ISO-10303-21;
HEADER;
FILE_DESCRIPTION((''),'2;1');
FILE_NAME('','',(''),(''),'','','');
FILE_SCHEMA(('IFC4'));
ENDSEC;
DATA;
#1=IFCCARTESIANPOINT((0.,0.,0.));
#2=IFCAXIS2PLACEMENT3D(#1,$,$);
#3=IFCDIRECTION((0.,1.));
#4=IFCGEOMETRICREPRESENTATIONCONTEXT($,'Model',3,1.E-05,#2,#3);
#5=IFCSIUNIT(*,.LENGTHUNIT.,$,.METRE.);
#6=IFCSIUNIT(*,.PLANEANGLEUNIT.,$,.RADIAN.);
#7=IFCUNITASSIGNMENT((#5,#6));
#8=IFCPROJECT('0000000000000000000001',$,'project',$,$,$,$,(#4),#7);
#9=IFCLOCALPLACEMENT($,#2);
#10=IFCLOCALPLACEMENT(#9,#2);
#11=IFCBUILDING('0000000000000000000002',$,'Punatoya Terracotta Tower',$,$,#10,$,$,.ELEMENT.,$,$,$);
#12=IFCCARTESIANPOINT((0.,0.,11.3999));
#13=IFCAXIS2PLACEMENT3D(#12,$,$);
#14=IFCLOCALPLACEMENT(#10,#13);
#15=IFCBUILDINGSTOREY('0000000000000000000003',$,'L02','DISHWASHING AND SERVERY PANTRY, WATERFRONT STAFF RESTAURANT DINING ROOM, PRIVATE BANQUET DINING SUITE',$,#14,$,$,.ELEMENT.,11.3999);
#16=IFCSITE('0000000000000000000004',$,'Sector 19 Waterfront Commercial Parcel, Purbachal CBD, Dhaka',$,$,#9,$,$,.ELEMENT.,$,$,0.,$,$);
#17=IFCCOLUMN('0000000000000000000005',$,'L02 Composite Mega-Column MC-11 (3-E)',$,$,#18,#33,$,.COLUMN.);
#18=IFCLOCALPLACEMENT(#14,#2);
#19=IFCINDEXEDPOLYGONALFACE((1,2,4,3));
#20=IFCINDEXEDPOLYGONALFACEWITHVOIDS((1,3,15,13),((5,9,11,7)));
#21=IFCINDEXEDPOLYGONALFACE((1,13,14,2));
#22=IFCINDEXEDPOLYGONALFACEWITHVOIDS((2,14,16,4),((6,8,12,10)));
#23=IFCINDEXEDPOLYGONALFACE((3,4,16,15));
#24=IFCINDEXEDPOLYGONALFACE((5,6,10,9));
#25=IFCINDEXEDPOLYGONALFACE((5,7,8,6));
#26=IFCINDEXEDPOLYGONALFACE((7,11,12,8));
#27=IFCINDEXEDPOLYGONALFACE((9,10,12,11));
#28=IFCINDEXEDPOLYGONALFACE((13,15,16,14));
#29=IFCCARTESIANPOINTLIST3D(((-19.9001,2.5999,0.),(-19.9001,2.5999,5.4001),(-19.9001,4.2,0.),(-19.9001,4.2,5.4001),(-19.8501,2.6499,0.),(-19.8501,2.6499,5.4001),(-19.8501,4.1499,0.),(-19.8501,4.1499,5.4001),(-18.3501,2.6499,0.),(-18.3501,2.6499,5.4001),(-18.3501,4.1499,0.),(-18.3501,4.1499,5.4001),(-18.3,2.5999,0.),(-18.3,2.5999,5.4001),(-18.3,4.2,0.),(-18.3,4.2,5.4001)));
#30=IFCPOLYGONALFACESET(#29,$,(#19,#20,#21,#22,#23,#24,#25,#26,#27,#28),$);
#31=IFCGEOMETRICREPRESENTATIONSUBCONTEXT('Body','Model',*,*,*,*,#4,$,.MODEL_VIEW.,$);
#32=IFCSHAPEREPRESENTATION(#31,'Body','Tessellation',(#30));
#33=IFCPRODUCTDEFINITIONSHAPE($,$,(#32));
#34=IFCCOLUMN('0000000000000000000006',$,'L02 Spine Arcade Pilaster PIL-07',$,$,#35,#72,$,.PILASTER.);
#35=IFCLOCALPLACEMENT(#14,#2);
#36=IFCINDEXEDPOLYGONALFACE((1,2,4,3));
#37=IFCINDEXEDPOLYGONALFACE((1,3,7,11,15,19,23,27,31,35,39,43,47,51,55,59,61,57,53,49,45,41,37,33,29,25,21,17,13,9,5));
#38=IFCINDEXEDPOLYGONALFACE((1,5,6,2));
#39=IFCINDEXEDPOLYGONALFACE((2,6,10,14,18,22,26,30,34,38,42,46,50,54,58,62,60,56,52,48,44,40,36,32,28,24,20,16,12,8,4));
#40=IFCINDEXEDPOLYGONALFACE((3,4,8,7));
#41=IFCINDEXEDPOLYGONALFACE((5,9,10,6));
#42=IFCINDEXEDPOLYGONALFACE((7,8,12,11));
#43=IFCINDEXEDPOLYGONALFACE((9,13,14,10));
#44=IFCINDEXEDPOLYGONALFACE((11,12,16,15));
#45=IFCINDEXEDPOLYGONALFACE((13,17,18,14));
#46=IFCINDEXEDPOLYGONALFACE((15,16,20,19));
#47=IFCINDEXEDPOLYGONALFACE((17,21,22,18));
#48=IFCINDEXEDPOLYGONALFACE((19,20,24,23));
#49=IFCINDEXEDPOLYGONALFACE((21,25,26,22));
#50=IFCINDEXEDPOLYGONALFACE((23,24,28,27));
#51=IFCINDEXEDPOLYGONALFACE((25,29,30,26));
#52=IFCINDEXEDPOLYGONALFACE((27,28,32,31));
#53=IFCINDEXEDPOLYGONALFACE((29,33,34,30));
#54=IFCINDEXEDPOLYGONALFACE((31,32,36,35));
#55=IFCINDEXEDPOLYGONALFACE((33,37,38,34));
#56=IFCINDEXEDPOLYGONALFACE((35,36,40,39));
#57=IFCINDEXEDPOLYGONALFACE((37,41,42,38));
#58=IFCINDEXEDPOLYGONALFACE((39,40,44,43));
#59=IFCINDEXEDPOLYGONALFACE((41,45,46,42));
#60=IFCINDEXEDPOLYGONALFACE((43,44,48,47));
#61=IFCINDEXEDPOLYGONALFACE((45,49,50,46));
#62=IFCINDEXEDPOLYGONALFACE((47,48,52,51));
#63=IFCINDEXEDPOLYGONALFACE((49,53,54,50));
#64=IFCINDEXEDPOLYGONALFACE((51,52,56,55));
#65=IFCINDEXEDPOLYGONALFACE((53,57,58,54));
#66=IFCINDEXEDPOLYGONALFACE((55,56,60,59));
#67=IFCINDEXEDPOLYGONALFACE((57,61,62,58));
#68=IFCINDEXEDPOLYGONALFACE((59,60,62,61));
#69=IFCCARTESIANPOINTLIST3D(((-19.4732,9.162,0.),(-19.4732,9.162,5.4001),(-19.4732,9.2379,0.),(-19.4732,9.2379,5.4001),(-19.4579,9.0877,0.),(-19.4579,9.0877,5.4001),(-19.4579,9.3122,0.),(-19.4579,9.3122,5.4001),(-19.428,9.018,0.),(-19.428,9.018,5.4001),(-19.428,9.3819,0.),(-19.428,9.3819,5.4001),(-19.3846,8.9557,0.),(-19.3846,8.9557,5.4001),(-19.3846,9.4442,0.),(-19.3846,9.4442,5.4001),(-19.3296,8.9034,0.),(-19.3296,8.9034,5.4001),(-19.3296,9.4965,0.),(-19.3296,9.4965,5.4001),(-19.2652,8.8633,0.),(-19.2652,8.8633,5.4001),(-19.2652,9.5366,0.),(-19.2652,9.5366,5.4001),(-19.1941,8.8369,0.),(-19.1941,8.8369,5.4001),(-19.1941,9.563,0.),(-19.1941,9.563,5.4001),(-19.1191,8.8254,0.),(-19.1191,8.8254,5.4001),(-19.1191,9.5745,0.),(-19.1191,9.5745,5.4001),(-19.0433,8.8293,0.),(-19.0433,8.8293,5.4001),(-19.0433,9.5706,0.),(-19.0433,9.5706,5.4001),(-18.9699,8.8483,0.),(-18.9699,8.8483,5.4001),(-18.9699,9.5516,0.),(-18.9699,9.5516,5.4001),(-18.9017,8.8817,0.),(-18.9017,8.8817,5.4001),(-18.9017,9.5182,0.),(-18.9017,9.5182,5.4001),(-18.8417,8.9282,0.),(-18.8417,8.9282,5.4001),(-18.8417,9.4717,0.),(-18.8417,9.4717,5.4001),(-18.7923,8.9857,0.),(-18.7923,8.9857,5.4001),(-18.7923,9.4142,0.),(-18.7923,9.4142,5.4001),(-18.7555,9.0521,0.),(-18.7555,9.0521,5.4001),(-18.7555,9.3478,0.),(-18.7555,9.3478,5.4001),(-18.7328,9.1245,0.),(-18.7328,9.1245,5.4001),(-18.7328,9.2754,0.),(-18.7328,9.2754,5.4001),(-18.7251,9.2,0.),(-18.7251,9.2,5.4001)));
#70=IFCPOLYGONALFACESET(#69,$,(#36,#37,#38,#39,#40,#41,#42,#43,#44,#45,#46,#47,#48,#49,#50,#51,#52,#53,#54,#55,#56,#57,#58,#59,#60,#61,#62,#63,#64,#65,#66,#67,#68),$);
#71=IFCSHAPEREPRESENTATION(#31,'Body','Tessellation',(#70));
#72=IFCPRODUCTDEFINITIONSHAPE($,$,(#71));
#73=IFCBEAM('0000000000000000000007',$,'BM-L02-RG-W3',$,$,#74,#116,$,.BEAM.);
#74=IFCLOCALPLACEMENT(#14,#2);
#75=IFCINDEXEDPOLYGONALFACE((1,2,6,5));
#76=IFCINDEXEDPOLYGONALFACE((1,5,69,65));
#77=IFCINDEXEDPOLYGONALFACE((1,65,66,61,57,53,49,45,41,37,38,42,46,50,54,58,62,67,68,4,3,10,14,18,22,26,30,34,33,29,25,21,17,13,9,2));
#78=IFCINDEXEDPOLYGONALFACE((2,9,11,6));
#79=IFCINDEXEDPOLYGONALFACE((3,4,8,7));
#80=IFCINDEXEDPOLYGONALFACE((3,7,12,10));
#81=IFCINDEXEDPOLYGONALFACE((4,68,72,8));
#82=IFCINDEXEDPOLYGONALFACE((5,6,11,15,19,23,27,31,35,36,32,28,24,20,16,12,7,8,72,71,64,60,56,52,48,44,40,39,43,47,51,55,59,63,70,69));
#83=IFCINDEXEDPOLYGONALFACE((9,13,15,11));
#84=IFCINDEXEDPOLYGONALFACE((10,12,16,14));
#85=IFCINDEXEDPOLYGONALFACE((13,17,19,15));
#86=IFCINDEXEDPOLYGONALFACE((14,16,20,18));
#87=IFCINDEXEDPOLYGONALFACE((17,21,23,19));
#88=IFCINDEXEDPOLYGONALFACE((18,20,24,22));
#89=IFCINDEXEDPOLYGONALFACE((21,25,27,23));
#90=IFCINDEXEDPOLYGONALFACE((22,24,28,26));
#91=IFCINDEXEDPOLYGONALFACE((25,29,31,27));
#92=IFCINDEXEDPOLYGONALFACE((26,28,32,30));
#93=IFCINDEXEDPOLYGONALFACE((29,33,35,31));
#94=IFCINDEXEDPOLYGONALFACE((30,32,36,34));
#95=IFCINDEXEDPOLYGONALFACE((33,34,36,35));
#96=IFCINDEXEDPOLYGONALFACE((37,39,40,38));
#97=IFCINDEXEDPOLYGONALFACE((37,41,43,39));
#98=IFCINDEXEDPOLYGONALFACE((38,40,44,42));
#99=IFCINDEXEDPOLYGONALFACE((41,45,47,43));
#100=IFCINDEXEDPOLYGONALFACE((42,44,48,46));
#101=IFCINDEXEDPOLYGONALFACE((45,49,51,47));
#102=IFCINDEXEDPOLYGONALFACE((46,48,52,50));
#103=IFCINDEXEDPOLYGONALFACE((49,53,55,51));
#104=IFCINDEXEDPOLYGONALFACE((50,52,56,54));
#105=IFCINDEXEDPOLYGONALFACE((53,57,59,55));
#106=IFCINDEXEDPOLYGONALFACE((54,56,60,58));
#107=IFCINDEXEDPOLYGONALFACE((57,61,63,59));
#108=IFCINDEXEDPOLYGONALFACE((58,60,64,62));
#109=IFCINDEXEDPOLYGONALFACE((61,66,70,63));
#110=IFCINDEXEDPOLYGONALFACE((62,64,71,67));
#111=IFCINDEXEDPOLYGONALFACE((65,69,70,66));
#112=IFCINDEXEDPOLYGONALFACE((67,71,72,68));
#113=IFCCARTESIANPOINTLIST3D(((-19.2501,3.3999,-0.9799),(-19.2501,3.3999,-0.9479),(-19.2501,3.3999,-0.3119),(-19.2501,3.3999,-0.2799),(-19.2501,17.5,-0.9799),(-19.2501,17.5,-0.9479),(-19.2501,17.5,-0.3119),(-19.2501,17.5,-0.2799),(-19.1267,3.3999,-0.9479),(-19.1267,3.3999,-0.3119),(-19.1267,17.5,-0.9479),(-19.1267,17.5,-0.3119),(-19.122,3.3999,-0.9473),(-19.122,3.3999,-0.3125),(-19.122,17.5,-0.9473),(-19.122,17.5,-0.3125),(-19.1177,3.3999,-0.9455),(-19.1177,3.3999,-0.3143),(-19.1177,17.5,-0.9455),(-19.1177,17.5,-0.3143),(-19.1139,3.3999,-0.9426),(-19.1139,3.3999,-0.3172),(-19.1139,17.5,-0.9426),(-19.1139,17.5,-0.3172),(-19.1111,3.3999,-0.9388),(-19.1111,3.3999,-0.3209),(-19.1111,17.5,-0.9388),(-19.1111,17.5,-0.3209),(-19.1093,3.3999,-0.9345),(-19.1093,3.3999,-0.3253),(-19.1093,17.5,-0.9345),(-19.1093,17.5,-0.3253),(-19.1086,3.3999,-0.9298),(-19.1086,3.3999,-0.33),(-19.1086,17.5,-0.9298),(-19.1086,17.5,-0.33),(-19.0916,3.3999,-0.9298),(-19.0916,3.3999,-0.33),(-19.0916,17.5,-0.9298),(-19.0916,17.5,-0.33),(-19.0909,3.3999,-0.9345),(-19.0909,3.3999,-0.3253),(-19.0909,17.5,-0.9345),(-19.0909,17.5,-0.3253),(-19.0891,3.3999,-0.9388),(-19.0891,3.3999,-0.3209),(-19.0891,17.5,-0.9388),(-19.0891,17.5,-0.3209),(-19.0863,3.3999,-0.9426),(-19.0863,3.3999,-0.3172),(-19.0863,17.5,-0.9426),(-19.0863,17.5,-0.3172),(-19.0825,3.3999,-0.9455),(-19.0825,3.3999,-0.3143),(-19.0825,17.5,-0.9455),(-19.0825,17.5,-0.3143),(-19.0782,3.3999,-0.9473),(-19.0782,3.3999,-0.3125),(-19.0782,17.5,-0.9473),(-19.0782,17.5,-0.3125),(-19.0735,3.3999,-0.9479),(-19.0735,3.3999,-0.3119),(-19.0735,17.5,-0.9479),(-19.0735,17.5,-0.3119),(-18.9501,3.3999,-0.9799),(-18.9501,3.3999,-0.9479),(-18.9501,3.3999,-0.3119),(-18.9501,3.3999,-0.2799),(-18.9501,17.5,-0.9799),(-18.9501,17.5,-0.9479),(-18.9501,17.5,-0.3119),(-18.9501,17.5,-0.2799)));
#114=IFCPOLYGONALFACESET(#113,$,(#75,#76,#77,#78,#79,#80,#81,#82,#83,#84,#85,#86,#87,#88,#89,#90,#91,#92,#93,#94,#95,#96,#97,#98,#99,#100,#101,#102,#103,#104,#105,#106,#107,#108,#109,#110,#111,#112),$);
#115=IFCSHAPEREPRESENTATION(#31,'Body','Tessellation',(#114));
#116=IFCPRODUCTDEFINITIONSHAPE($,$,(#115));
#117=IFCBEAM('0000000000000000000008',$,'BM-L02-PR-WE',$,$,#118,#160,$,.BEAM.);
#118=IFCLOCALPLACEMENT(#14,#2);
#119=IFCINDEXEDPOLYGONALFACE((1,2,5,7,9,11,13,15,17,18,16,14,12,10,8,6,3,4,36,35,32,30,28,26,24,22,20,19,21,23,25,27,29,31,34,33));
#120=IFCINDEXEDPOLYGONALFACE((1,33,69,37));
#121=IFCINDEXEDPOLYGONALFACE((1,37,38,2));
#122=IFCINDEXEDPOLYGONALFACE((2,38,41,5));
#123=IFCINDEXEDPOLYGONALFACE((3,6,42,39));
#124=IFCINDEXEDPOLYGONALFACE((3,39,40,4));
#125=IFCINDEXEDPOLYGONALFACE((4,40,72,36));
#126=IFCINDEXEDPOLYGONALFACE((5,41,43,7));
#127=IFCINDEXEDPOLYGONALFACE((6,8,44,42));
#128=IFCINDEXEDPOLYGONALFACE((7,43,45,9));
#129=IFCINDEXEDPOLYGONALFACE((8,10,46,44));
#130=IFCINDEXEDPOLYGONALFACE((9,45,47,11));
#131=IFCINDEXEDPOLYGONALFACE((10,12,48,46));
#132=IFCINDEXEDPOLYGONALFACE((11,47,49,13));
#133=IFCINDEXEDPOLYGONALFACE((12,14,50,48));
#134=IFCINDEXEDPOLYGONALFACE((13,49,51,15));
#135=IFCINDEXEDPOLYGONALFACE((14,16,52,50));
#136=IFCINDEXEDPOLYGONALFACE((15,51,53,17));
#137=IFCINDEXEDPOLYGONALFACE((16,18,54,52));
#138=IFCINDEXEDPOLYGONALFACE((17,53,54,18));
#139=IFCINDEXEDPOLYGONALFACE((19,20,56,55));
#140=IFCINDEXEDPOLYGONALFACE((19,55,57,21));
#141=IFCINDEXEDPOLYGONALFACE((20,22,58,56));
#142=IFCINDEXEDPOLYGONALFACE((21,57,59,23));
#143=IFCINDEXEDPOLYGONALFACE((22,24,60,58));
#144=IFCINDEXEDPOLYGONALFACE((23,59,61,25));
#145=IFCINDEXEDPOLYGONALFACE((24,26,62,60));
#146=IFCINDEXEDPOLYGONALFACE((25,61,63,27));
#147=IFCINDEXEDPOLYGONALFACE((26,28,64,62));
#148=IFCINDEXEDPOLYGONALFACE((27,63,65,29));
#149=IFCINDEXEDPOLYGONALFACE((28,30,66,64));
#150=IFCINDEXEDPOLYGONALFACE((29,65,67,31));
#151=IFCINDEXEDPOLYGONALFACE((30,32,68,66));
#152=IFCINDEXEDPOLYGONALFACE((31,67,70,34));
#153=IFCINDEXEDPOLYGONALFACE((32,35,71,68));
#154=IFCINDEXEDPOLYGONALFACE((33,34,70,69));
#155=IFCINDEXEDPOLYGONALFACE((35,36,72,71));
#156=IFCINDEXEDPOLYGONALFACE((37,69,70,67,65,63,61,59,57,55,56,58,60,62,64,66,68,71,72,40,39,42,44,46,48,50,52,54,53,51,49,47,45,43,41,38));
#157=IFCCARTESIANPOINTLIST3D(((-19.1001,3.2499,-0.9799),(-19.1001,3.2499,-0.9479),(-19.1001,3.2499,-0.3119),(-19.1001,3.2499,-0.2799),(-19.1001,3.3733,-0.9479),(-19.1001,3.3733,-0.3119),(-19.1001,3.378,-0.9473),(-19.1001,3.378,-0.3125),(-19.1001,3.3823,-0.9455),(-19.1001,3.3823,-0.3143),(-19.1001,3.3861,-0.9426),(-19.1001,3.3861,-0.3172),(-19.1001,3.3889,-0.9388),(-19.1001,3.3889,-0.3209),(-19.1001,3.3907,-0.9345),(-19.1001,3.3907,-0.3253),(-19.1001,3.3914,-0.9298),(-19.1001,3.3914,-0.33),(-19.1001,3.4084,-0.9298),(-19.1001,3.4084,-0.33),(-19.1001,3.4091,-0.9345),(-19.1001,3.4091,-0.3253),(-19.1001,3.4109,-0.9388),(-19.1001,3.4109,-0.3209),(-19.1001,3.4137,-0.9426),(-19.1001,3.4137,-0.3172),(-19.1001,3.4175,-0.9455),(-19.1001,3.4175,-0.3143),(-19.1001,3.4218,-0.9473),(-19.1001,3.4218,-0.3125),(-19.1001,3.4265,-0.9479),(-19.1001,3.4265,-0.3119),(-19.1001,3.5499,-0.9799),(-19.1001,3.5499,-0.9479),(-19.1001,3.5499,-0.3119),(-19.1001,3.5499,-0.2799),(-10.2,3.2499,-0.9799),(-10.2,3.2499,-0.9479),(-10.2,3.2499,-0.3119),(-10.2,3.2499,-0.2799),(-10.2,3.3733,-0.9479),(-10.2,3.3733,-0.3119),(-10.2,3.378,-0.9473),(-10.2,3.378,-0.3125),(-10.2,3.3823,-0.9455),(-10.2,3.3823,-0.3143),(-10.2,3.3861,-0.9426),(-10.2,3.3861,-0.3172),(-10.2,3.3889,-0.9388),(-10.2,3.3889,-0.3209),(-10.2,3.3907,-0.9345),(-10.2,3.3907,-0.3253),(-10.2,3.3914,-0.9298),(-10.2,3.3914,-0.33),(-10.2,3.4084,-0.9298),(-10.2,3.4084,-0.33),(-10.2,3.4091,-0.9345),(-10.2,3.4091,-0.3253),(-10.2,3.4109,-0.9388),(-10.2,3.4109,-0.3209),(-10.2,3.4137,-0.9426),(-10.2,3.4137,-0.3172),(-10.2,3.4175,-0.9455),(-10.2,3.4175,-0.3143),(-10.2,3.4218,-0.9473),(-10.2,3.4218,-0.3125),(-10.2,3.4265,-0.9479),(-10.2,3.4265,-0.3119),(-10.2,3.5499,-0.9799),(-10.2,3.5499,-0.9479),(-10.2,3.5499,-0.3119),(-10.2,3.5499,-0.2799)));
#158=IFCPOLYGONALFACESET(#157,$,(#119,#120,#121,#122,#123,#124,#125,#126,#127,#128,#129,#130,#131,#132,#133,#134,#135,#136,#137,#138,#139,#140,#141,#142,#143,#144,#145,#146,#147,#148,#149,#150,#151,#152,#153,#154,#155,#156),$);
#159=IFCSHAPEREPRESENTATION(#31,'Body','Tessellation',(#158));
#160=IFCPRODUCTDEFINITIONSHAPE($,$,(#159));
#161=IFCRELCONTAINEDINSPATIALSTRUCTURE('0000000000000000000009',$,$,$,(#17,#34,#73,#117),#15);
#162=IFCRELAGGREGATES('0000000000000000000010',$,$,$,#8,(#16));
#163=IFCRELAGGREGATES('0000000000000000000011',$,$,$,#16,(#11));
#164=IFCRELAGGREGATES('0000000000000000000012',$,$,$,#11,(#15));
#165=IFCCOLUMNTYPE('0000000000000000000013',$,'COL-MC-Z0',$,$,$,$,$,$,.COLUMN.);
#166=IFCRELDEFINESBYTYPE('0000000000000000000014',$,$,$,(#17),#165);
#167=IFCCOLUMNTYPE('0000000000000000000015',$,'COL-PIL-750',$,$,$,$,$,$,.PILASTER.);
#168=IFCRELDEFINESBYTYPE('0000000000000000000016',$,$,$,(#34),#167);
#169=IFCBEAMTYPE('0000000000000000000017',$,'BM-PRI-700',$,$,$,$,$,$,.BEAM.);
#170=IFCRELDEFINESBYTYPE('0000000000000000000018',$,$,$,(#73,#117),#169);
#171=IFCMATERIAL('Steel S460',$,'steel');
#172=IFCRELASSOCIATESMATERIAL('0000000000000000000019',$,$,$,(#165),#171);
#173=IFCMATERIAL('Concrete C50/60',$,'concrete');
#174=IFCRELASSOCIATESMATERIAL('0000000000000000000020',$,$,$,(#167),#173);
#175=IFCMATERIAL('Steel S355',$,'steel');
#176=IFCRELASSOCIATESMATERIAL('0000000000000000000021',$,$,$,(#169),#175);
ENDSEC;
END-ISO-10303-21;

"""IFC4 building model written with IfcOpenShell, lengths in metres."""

from ifc_helpers import new_model, si_unit, direction, frame, origin, origin_2d, place, context, subcontext, project, spatial, hollow_rectangle, circle, i_section, extrude, material, material_profile, profile_set, type_object, element, save


model = new_model("IFC4")

# Units and contexts
model_context = context("Model", 3, precision=1e-05, world=origin(), true_north=direction((0.0, 1.0)))
body_context = subcontext(model_context, "Body", "Model", "MODEL_VIEW")
ifc_project = project(units=[si_unit("LENGTHUNIT", "METRE"), si_unit("PLANEANGLEUNIT", "RADIAN")], contexts=[model_context])

# Site, building, storey
site_placement = place(None, origin())
site = spatial("IfcSite", under=ifc_project, at=site_placement, Name="Sector 19 Waterfront Commercial Parcel, Purbachal CBD, Dhaka", CompositionType="ELEMENT", RefElevation=0.0)
building_placement = place(site_placement, origin())
building = spatial("IfcBuilding", under=site, at=building_placement, Name="Punatoya Terracotta Tower", CompositionType="ELEMENT")
storey_placement = place(building_placement, frame((0.0, 0.0, 11.3999)))
storey = spatial("IfcBuildingStorey", under=building, at=storey_placement, Name="L02", Description="DISHWASHING AND SERVERY PANTRY, WATERFRONT STAFF RESTAURANT DINING ROOM, PRIVATE BANQUET DINING SUITE", CompositionType="ELEMENT", Elevation=11.3999)

# Columns
ifc_material_1 = material(Name="Steel S460", Category="steel")
ifc_material_profile_1 = material_profile(ifc_material_1, hollow_rectangle(XDim=1.6001, YDim=1.6001, WallThickness=0.05, at=origin_2d()))
ifc_profile_set_1 = profile_set([ifc_material_profile_1], Name="Steel S460")
column_type_1 = type_object("IfcColumnType", Name="COL-MC-Z0", PredefinedType="COLUMN", material=ifc_profile_set_1)
column_1_placement = place(storey_placement, frame((-19.1001, 3.3999, 0.0), z_axis=(0.0, 0.0, 1.0), x_axis=(1.0, 0.0, 0.0)))
element("IfcColumn", 1, at=column_1_placement, inside=storey, type_object=column_type_1, Name="L02 Composite Mega-Column MC-11 (3-E)", PredefinedType="COLUMN", context=body_context, shape_type="SweptSolid", body=[
    extrude(hollow_rectangle(XDim=1.6001, YDim=1.6001, WallThickness=0.05, at=origin_2d()), origin(), (0.0, 0.0, 1.0), 5.4001),
])
ifc_material_2 = material(Name="Concrete C50/60", Category="concrete")
ifc_material_profile_2 = material_profile(ifc_material_2, circle(Radius=0.375, at=origin_2d()))
ifc_profile_set_2 = profile_set([ifc_material_profile_2], Name="Concrete C50/60")
column_type_2 = type_object("IfcColumnType", Name="COL-PIL-750", PredefinedType="PILASTER", material=ifc_profile_set_2)
column_2_placement = place(storey_placement, frame((-19.1001, 9.2, 0.0), z_axis=(0.0, 0.0, 1.0), x_axis=(1.0, 0.0, 0.0)))
element("IfcColumn", 2, at=column_2_placement, inside=storey, type_object=column_type_2, Name="L02 Spine Arcade Pilaster PIL-07", PredefinedType="PILASTER", context=body_context, shape_type="SweptSolid", body=[
    extrude(circle(Radius=0.375, at=origin_2d()), origin(), (0.0, 0.0, 1.0), 5.4001),
])

# Beams
ifc_material_3 = material(Name="Steel S355", Category="steel")
ifc_material_profile_3 = material_profile(ifc_material_3, i_section(OverallWidth=0.3, OverallDepth=0.7, WebThickness=0.0171, FlangeThickness=0.032, FilletRadius=0.0181, at=origin_2d()))
ifc_profile_set_3 = profile_set([ifc_material_profile_3], Name="Steel S355")
beam_type_1 = type_object("IfcBeamType", Name="BM-PRI-700", PredefinedType="BEAM", material=ifc_profile_set_3)
beam_1_placement = place(storey_placement, frame((-19.1001, 3.3999, -0.6299), z_axis=(0.0, 1.0, 0.0), x_axis=(-1.0, 0.0, 0.0)))
element("IfcBeam", 3, at=beam_1_placement, inside=storey, type_object=beam_type_1, Name="BM-L02-RG-W3", PredefinedType="BEAM", context=body_context, shape_type="SweptSolid", body=[
    extrude(i_section(OverallWidth=0.3, OverallDepth=0.7, WebThickness=0.0171, FlangeThickness=0.032, FilletRadius=0.0181, at=origin_2d()), origin(), (0.0, 0.0, 1.0), 14.1001),
])
for number, where, z_axis, x_axis, name in (
    (4, (-19.1001, 3.3999, -0.6299), (1.0, 0.0, 0.0), (0.0, 1.0, 0.0), "BM-L02-PR-WE"),
):
    element("IfcBeam", number, at=place(storey_placement, frame(where, z_axis=z_axis, x_axis=x_axis)), inside=storey, type_object=beam_type_1, Name=name, PredefinedType="BEAM", context=body_context, shape_type="SweptSolid", body=[
        extrude(i_section(OverallWidth=0.3, OverallDepth=0.7, WebThickness=0.0171, FlangeThickness=0.032, FilletRadius=0.0181, at=origin_2d()), origin(), (0.0, 0.0, 1.0), 8.9001),
    ])

save(model, "model.ifc")
